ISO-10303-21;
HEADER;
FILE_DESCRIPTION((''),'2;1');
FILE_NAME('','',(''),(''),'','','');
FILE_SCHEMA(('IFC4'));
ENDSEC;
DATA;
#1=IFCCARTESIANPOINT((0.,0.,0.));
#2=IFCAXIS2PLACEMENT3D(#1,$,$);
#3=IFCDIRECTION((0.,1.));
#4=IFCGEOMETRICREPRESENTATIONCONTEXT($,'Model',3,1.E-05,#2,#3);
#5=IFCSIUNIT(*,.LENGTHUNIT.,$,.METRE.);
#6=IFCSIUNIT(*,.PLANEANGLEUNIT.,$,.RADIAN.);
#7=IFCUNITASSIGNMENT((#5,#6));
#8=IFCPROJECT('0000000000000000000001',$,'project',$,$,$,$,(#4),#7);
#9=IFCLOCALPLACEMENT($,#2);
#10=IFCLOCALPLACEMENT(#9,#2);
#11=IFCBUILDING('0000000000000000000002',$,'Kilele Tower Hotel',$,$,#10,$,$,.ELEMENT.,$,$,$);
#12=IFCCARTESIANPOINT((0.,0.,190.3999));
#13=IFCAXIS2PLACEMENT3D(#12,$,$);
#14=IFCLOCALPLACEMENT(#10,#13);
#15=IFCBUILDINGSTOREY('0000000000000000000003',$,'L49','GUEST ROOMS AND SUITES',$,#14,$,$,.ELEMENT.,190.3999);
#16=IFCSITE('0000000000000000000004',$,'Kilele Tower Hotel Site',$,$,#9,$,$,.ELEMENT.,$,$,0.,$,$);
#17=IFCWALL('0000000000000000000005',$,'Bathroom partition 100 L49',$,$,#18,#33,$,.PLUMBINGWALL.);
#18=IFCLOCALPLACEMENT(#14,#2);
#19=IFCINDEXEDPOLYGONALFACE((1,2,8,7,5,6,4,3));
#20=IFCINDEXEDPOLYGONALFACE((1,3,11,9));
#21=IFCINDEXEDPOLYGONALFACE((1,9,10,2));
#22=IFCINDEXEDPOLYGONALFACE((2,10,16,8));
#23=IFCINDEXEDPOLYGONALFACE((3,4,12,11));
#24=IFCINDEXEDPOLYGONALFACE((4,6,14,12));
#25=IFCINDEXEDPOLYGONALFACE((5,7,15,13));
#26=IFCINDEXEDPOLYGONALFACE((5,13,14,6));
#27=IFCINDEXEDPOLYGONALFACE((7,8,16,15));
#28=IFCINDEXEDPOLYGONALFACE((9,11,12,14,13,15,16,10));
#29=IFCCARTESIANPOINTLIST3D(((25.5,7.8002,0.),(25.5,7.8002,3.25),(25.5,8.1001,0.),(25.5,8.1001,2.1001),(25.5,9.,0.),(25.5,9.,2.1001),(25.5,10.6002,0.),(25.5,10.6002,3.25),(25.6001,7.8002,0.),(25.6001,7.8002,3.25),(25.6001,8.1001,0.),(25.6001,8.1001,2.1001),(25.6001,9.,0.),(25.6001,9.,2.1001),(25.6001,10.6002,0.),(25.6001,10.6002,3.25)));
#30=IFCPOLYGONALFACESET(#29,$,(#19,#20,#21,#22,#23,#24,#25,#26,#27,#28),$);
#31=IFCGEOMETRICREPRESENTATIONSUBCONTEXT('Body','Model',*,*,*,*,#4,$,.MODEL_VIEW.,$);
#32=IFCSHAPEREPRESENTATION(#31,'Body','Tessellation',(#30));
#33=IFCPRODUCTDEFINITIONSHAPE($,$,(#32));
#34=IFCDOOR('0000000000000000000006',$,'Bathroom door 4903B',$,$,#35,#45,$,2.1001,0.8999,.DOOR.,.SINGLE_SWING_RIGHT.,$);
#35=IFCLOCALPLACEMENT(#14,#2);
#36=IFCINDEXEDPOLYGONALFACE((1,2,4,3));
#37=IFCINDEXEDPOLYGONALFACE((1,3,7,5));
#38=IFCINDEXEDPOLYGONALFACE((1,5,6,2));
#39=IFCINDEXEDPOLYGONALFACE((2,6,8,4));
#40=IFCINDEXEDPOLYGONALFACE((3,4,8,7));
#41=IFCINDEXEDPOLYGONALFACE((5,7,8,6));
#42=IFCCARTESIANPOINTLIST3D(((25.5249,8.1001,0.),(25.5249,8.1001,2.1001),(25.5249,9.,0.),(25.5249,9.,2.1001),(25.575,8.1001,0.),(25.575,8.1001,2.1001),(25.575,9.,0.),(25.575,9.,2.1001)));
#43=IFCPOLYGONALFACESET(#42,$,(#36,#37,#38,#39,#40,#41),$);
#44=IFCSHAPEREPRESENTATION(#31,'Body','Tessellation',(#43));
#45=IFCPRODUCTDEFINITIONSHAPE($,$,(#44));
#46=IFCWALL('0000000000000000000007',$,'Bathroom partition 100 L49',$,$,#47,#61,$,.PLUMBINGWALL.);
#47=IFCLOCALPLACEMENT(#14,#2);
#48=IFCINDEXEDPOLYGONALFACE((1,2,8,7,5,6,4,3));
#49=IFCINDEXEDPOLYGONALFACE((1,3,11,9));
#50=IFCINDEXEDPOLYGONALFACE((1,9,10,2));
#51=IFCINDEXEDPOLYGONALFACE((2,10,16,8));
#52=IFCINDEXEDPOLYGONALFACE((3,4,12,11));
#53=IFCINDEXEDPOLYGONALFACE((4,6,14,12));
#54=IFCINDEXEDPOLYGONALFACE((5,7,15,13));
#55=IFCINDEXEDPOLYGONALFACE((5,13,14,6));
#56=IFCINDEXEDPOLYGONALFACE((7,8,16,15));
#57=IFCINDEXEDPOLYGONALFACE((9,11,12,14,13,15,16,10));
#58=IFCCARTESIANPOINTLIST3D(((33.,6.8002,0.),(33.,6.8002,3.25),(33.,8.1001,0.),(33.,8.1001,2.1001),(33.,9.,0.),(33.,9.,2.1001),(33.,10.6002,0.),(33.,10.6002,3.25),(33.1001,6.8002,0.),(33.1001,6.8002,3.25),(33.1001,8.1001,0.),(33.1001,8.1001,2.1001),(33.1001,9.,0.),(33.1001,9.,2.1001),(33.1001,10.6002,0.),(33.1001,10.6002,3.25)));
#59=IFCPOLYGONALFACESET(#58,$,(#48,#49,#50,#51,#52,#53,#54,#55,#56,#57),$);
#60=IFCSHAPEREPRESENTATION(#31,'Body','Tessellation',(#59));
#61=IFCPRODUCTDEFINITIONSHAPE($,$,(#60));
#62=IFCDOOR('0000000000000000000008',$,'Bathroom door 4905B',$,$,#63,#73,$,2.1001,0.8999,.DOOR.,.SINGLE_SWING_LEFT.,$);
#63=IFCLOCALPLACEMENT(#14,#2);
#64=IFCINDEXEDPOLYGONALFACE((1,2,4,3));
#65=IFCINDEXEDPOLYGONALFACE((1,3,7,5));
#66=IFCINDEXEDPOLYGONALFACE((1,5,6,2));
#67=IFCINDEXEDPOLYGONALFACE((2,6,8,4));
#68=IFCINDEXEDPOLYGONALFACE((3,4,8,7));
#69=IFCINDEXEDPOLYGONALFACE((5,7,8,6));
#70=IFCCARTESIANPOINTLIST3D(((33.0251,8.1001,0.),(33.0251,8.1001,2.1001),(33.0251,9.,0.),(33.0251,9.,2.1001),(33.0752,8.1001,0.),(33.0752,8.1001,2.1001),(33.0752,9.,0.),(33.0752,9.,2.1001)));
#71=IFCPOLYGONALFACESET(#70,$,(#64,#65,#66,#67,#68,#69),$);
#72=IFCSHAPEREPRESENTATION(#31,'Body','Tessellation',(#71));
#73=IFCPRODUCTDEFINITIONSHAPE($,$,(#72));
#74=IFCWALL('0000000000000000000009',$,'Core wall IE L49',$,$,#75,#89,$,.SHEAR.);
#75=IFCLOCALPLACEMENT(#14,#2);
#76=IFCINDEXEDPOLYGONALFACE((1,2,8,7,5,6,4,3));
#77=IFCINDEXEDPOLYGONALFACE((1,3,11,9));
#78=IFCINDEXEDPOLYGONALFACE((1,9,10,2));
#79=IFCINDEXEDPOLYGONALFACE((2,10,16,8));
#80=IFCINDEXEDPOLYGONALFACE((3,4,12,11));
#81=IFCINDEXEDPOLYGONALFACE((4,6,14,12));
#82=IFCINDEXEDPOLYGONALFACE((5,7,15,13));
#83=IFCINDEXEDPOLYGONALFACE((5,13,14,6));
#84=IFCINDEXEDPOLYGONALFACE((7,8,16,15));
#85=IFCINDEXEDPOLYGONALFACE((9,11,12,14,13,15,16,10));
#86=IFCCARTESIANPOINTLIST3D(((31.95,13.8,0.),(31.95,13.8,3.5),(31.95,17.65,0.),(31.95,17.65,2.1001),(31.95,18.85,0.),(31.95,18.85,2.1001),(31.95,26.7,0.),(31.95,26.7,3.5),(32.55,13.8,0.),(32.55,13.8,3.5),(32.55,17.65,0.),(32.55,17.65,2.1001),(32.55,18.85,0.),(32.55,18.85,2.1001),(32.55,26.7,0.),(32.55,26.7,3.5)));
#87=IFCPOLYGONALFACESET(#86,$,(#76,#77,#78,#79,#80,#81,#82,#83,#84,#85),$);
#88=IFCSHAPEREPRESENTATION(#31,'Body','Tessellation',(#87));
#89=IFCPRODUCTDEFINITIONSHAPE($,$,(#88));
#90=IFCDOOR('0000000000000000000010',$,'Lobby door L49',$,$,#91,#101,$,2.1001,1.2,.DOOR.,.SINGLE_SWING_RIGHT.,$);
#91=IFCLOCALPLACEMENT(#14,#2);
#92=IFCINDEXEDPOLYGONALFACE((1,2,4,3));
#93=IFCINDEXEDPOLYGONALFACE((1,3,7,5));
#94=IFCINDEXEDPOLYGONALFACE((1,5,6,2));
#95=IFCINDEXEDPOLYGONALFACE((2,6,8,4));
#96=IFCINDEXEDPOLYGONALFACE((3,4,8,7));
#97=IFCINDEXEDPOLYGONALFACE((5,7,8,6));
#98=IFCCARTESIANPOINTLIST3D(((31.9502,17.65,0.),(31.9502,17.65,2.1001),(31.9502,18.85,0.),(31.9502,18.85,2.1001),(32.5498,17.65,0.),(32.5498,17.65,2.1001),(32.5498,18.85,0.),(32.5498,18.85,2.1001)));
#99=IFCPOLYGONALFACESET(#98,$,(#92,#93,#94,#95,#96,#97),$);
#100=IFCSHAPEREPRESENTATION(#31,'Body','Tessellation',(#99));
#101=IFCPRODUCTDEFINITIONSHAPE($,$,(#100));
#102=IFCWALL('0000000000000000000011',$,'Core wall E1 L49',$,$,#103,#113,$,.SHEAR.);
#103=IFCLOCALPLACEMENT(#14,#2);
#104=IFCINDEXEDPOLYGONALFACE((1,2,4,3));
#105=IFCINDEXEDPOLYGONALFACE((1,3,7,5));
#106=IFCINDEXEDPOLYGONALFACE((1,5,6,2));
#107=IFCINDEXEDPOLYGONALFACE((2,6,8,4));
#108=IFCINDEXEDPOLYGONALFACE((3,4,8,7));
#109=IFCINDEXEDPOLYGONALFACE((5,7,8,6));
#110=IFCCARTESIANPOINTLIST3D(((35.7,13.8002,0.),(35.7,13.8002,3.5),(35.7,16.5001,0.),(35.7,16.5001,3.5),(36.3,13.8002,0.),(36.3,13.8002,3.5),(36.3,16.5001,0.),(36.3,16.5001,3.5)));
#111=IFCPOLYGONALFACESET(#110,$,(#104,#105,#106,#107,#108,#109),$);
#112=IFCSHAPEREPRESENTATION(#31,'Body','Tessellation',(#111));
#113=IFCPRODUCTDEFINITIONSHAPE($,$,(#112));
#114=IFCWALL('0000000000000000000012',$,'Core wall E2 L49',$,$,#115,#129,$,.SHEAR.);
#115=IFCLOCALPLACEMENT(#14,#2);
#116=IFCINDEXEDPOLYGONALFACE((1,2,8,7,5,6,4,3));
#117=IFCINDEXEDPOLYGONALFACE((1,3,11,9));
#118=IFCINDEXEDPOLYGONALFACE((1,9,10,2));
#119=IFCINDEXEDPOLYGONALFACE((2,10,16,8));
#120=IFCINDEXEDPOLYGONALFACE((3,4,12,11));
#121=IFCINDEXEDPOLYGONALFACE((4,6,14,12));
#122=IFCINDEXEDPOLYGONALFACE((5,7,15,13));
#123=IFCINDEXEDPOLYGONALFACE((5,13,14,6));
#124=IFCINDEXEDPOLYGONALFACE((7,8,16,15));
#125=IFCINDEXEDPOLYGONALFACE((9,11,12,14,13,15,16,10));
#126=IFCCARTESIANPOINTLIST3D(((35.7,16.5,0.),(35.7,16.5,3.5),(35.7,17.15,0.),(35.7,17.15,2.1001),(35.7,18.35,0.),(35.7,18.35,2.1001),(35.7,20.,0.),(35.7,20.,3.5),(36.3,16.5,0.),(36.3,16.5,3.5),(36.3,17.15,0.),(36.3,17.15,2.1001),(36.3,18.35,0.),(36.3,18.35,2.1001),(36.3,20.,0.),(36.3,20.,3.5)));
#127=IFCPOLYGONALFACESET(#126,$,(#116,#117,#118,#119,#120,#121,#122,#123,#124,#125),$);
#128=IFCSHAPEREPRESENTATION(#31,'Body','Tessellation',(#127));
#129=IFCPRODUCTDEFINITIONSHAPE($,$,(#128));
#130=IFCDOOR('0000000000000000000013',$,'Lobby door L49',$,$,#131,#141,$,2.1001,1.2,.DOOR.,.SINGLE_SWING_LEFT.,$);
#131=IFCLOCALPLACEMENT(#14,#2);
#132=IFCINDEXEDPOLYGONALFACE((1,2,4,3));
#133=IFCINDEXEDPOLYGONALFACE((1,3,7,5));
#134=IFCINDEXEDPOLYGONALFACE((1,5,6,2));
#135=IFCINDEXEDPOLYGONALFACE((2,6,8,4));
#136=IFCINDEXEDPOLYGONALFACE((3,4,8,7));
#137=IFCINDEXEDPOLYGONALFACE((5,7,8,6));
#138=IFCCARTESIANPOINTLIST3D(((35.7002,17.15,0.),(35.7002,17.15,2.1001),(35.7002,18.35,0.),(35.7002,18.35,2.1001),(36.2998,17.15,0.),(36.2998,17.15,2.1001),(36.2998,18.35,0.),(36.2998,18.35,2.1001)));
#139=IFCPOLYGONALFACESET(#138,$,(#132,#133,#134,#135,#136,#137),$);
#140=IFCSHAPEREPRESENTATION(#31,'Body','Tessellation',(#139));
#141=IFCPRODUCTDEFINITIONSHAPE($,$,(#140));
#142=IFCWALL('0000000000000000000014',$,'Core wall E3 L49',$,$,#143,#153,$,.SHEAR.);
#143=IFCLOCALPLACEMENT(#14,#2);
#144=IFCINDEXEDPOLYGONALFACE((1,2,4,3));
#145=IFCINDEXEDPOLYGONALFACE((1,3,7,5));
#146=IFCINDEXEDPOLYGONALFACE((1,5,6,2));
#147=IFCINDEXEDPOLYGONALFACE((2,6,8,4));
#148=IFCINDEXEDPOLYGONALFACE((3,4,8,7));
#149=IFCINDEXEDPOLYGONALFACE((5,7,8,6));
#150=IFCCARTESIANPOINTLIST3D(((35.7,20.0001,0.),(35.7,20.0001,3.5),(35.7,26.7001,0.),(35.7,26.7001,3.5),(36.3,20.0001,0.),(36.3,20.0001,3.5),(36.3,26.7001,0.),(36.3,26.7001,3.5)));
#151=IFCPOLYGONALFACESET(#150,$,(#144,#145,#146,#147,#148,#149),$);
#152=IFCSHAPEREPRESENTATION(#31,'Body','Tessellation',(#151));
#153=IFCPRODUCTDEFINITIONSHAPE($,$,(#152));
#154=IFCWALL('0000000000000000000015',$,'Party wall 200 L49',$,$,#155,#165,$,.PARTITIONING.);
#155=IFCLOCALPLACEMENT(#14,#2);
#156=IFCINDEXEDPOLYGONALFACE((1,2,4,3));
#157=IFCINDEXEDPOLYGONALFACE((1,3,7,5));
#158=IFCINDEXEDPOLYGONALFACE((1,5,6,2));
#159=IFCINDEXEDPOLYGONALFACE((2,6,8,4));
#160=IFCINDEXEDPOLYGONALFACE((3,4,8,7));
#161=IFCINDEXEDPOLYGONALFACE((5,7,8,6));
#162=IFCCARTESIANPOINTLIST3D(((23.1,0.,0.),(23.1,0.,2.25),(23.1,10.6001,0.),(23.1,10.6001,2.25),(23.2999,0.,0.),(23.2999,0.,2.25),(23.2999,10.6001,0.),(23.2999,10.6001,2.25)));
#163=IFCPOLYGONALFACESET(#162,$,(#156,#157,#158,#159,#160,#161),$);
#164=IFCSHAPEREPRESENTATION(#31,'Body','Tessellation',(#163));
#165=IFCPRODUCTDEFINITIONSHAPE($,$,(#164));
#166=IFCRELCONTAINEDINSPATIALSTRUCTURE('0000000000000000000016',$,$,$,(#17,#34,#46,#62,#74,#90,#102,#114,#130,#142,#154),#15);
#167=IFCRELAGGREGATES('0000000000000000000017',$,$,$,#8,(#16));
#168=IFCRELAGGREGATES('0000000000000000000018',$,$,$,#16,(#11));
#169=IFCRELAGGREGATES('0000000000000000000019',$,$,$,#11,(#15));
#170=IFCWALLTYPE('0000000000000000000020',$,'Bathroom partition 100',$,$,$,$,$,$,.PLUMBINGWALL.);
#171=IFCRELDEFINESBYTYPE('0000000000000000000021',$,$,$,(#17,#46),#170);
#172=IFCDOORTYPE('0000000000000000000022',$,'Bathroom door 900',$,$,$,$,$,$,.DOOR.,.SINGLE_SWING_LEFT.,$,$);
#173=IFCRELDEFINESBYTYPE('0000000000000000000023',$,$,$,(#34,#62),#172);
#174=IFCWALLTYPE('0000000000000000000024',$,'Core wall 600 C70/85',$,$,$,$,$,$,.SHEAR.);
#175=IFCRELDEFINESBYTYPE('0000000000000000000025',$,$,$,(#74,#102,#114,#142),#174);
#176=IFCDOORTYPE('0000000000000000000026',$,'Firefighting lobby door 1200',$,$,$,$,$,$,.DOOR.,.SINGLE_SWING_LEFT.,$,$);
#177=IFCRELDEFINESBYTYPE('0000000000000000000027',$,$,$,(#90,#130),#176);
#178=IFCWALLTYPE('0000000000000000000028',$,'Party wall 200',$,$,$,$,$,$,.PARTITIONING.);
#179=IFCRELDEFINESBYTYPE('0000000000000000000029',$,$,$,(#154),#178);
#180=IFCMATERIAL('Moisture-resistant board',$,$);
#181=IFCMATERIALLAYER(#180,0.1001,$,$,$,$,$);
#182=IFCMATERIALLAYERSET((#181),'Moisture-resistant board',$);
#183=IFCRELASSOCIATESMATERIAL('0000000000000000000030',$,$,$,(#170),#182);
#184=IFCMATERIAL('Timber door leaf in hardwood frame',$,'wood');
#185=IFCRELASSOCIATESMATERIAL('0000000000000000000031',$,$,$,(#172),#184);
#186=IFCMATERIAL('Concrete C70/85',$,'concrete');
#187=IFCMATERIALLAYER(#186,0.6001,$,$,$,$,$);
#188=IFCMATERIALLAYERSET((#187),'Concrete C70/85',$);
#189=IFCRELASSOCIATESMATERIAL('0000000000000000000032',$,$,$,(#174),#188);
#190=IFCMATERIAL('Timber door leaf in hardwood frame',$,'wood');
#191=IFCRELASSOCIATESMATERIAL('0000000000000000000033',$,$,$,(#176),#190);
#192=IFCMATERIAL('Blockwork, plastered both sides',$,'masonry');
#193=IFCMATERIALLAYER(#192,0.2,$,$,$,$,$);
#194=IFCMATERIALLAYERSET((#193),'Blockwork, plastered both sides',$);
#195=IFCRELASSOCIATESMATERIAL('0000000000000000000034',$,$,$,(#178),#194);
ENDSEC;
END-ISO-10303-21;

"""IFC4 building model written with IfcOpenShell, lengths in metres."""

from ifc_helpers import new_model, si_unit, direction, frame, frame_2d, origin, place, context, subcontext, project, spatial, rectangle, extrude, material, layer, layer_set, type_object, element, fill, save


model = new_model("IFC4")

# Units and contexts
model_context = context("Model", 3, precision=1e-05, world=origin(), true_north=direction((0.0, 1.0)))
body_context = subcontext(model_context, "Body", "Model", "MODEL_VIEW")
ifc_project = project(units=[si_unit("LENGTHUNIT", "METRE"), si_unit("PLANEANGLEUNIT", "RADIAN")], contexts=[model_context])

# Site, building, storey
site_placement = place(None, origin())
site = spatial("IfcSite", under=ifc_project, at=site_placement, Name="Kilele Tower Hotel Site", CompositionType="ELEMENT", RefElevation=0.0)
building_placement = place(site_placement, origin())
building = spatial("IfcBuilding", under=site, at=building_placement, Name="Kilele Tower Hotel", CompositionType="ELEMENT")
storey_placement = place(building_placement, frame((0.0, 0.0, 190.3999)))
storey = spatial("IfcBuildingStorey", under=building, at=storey_placement, Name="L49", Description="GUEST ROOMS AND SUITES", CompositionType="ELEMENT", Elevation=190.3999)

# Walls, openings, doors
ifc_material_1 = material(Name="Moisture-resistant board")
ifc_layer_1 = layer(ifc_material_1, 0.1001)
ifc_layer_set_1 = layer_set([ifc_layer_1], Name="Moisture-resistant board")
wall_type_1 = type_object("IfcWallType", Name="Bathroom partition 100", PredefinedType="PLUMBINGWALL", material=ifc_layer_set_1)
wall_1_placement = place(storey_placement, frame((25.55, 10.6001, 0.0), z_axis=(0.0, 0.0, 1.0), x_axis=(0.0, -1.0, 0.0)))
wall_1 = element("IfcWall", 1, at=wall_1_placement, inside=storey, type_object=wall_type_1, Name="Bathroom partition 100 L49", PredefinedType="PLUMBINGWALL", context=body_context, shape_type="SweptSolid", body=[
    extrude(rectangle(XDim=2.8, YDim=0.1001, at=frame_2d((1.3999, 0.0))), origin(), (0.0, 0.0, 1.0), 3.25),
])
opening_1_placement = place(wall_1_placement, frame((1.6001, 0.0, 0.0)))
opening_1 = element("IfcOpeningElement", 2, at=opening_1_placement, cuts=wall_1, PredefinedType="OPENING", context=body_context, shape_type="SweptSolid", body=[
    extrude(rectangle(XDim=0.8999, YDim=2.1001, at=frame_2d((0.45, 1.05))), frame((0.0, 0.0601, 0.0), z_axis=(0.0, -1.0, 0.0), x_axis=(1.0, 0.0, 0.0)), (0.0, 0.0, 1.0), 0.1201),
])
ifc_material_2 = material(Name="Timber door leaf in hardwood frame", Category="wood")
door_type_1 = type_object("IfcDoorType", Name="Bathroom door 900", OperationType="SINGLE_SWING_LEFT", PredefinedType="DOOR", material=ifc_material_2)
door_1_placement = place(opening_1_placement, origin())
door_1 = element("IfcDoor", 3, at=door_1_placement, inside=storey, type_object=door_type_1, Name="Bathroom door 4903B", OperationType="SINGLE_SWING_RIGHT", OverallHeight=2.1001, OverallWidth=0.8999, PredefinedType="DOOR", context=body_context, shape_type="SweptSolid", body=[
    extrude(rectangle(XDim=0.8999, YDim=2.1001, at=frame_2d((0.45, 1.05))), frame((0.0, 0.0249, 0.0), z_axis=(0.0, -1.0, 0.0), x_axis=(1.0, 0.0, 0.0)), (0.0, 0.0, 1.0), 0.05),
])
fill(opening_1, door_1)
wall_2_placement = place(storey_placement, frame((33.05, 10.6001, 0.0), z_axis=(0.0, 0.0, 1.0), x_axis=(0.0, -1.0, 0.0)))
wall_2 = element("IfcWall", 4, at=wall_2_placement, inside=storey, type_object=wall_type_1, Name="Bathroom partition 100 L49", PredefinedType="PLUMBINGWALL", context=body_context, shape_type="SweptSolid", body=[
    extrude(rectangle(XDim=3.8, YDim=0.1001, at=frame_2d((1.8999, 0.0))), origin(), (0.0, 0.0, 1.0), 3.25),
])
opening_2_placement = place(wall_2_placement, frame((2.5, 0.0, 0.0), z_axis=(0.0, 0.0, 1.0), x_axis=(-1.0, 0.0, 0.0)))
opening_2 = element("IfcOpeningElement", 5, at=opening_2_placement, cuts=wall_2, PredefinedType="OPENING", context=body_context, shape_type="SweptSolid", body=[
    extrude(rectangle(XDim=0.8999, YDim=2.1001, at=frame_2d((0.45, 1.05))), frame((0.0, 0.0601, 0.0), z_axis=(0.0, -1.0, 0.0), x_axis=(1.0, 0.0, 0.0)), (0.0, 0.0, 1.0), 0.1201),
])
door_2_placement = place(opening_2_placement, origin())
door_2 = element("IfcDoor", 6, at=door_2_placement, inside=storey, type_object=door_type_1, Name="Bathroom door 4905B", OperationType="SINGLE_SWING_LEFT", OverallHeight=2.1001, OverallWidth=0.8999, PredefinedType="DOOR", context=body_context, shape_type="SweptSolid", body=[
    extrude(rectangle(XDim=0.8999, YDim=2.1001, at=frame_2d((0.45, 1.05))), frame((0.0, 0.0249, 0.0), z_axis=(0.0, -1.0, 0.0), x_axis=(1.0, 0.0, 0.0)), (0.0, 0.0, 1.0), 0.05),
])
fill(opening_2, door_2)
ifc_material_3 = material(Name="Concrete C70/85", Category="concrete")
ifc_layer_2 = layer(ifc_material_3, 0.6001)
ifc_layer_set_2 = layer_set([ifc_layer_2], Name="Concrete C70/85")
wall_type_2 = type_object("IfcWallType", Name="Core wall 600 C70/85", PredefinedType="SHEAR", material=ifc_layer_set_2)
wall_3_placement = place(storey_placement, frame((32.25, 13.8, 0.0), z_axis=(0.0, 0.0, 1.0), x_axis=(0.0, 1.0, 0.0)))
wall_3 = element("IfcWall", 7, at=wall_3_placement, inside=storey, type_object=wall_type_2, Name="Core wall IE L49", PredefinedType="SHEAR", context=body_context, shape_type="SweptSolid", body=[
    extrude(rectangle(XDim=12.8999, YDim=0.6001, at=frame_2d((6.45, 0.0))), origin(), (0.0, 0.0, 1.0), 3.5),
])
opening_3_placement = place(wall_3_placement, frame((5.05, 0.0, 0.0), z_axis=(0.0, 0.0, 1.0), x_axis=(-1.0, 0.0, 0.0)))
opening_3 = element("IfcOpeningElement", 8, at=opening_3_placement, cuts=wall_3, PredefinedType="OPENING", context=body_context, shape_type="SweptSolid", body=[
    extrude(rectangle(XDim=1.2, YDim=2.1001, at=frame_2d((0.6001, 1.05))), frame((0.0, 0.3101, 0.0), z_axis=(0.0, -1.0, 0.0), x_axis=(1.0, 0.0, 0.0)), (0.0, 0.0, 1.0), 0.6201),
])
ifc_material_4 = material(Name="Timber door leaf in hardwood frame", Category="wood")
door_type_2 = type_object("IfcDoorType", Name="Firefighting lobby door 1200", OperationType="SINGLE_SWING_LEFT", PredefinedType="DOOR", material=ifc_material_4)
door_3_placement = place(opening_3_placement, origin())
door_3 = element("IfcDoor", 9, at=door_3_placement, inside=storey, type_object=door_type_2, Name="Lobby door L49", OperationType="SINGLE_SWING_RIGHT", OverallHeight=2.1001, OverallWidth=1.2, PredefinedType="DOOR", context=body_context, shape_type="SweptSolid", body=[
    extrude(rectangle(XDim=1.2, YDim=2.1001, at=frame_2d((0.6001, 1.05))), frame((0.0, 0.2998, 0.0), z_axis=(0.0, -1.0, 0.0), x_axis=(1.0, 0.0, 0.0)), (0.0, 0.0, 1.0), 0.5996),
])
fill(opening_3, door_3)

# Wall
wall_4_placement = place(storey_placement, frame((36.0, 13.8, 0.0), z_axis=(0.0, 0.0, 1.0), x_axis=(0.0, 1.0, 0.0)))
element("IfcWall", 10, at=wall_4_placement, inside=storey, type_object=wall_type_2, Name="Core wall E1 L49", PredefinedType="SHEAR", context=body_context, shape_type="SweptSolid", body=[
    extrude(rectangle(XDim=2.7, YDim=0.6001, at=frame_2d((1.3501, 0.0))), origin(), (0.0, 0.0, 1.0), 3.5),
])

# Wall, opening, door
wall_5_placement = place(storey_placement, frame((36.0, 16.5, 0.0), z_axis=(0.0, 0.0, 1.0), x_axis=(0.0, 1.0, 0.0)))
wall_5 = element("IfcWall", 11, at=wall_5_placement, inside=storey, type_object=wall_type_2, Name="Core wall E2 L49", PredefinedType="SHEAR", context=body_context, shape_type="SweptSolid", body=[
    extrude(rectangle(XDim=3.5, YDim=0.6001, at=frame_2d((1.75, 0.0))), origin(), (0.0, 0.0, 1.0), 3.5),
])
opening_4_placement = place(wall_5_placement, frame((0.6499, 0.0, 0.0)))
opening_4 = element("IfcOpeningElement", 12, at=opening_4_placement, cuts=wall_5, PredefinedType="OPENING", context=body_context, shape_type="SweptSolid", body=[
    extrude(rectangle(XDim=1.2, YDim=2.1001, at=frame_2d((0.6001, 1.05))), frame((0.0, 0.3101, 0.0), z_axis=(0.0, -1.0, 0.0), x_axis=(1.0, 0.0, 0.0)), (0.0, 0.0, 1.0), 0.6201),
])
door_4_placement = place(opening_4_placement, origin())
door_4 = element("IfcDoor", 13, at=door_4_placement, inside=storey, type_object=door_type_2, Name="Lobby door L49", OperationType="SINGLE_SWING_LEFT", OverallHeight=2.1001, OverallWidth=1.2, PredefinedType="DOOR", context=body_context, shape_type="SweptSolid", body=[
    extrude(rectangle(XDim=1.2, YDim=2.1001, at=frame_2d((0.6001, 1.05))), frame((0.0, 0.2998, 0.0), z_axis=(0.0, -1.0, 0.0), x_axis=(1.0, 0.0, 0.0)), (0.0, 0.0, 1.0), 0.5996),
])
fill(opening_4, door_4)

# Walls
wall_6_placement = place(storey_placement, frame((36.0, 20.0, 0.0), z_axis=(0.0, 0.0, 1.0), x_axis=(0.0, 1.0, 0.0)))
element("IfcWall", 14, at=wall_6_placement, inside=storey, type_object=wall_type_2, Name="Core wall E3 L49", PredefinedType="SHEAR", context=body_context, shape_type="SweptSolid", body=[
    extrude(rectangle(XDim=6.7, YDim=0.6001, at=frame_2d((3.3501, 0.0))), origin(), (0.0, 0.0, 1.0), 3.5),
])
ifc_material_5 = material(Name="Blockwork, plastered both sides", Category="masonry")
ifc_layer_3 = layer(ifc_material_5, 0.2)
ifc_layer_set_3 = layer_set([ifc_layer_3], Name="Blockwork, plastered both sides")
wall_type_3 = type_object("IfcWallType", Name="Party wall 200", PredefinedType="PARTITIONING", material=ifc_layer_set_3)
wall_7_placement = place(storey_placement, frame((23.2, 10.6001, 0.0), z_axis=(0.0, 0.0, 1.0), x_axis=(0.0, -1.0, 0.0)))
element("IfcWall", 15, at=wall_7_placement, inside=storey, type_object=wall_type_3, Name="Party wall 200 L49", PredefinedType="PARTITIONING", context=body_context, shape_type="SweptSolid", body=[
    extrude(rectangle(XDim=10.6001, YDim=0.2, at=frame_2d((5.3, 0.0))), origin(), (0.0, 0.0, 1.0), 2.25),
])

save(model, "model.ifc")
